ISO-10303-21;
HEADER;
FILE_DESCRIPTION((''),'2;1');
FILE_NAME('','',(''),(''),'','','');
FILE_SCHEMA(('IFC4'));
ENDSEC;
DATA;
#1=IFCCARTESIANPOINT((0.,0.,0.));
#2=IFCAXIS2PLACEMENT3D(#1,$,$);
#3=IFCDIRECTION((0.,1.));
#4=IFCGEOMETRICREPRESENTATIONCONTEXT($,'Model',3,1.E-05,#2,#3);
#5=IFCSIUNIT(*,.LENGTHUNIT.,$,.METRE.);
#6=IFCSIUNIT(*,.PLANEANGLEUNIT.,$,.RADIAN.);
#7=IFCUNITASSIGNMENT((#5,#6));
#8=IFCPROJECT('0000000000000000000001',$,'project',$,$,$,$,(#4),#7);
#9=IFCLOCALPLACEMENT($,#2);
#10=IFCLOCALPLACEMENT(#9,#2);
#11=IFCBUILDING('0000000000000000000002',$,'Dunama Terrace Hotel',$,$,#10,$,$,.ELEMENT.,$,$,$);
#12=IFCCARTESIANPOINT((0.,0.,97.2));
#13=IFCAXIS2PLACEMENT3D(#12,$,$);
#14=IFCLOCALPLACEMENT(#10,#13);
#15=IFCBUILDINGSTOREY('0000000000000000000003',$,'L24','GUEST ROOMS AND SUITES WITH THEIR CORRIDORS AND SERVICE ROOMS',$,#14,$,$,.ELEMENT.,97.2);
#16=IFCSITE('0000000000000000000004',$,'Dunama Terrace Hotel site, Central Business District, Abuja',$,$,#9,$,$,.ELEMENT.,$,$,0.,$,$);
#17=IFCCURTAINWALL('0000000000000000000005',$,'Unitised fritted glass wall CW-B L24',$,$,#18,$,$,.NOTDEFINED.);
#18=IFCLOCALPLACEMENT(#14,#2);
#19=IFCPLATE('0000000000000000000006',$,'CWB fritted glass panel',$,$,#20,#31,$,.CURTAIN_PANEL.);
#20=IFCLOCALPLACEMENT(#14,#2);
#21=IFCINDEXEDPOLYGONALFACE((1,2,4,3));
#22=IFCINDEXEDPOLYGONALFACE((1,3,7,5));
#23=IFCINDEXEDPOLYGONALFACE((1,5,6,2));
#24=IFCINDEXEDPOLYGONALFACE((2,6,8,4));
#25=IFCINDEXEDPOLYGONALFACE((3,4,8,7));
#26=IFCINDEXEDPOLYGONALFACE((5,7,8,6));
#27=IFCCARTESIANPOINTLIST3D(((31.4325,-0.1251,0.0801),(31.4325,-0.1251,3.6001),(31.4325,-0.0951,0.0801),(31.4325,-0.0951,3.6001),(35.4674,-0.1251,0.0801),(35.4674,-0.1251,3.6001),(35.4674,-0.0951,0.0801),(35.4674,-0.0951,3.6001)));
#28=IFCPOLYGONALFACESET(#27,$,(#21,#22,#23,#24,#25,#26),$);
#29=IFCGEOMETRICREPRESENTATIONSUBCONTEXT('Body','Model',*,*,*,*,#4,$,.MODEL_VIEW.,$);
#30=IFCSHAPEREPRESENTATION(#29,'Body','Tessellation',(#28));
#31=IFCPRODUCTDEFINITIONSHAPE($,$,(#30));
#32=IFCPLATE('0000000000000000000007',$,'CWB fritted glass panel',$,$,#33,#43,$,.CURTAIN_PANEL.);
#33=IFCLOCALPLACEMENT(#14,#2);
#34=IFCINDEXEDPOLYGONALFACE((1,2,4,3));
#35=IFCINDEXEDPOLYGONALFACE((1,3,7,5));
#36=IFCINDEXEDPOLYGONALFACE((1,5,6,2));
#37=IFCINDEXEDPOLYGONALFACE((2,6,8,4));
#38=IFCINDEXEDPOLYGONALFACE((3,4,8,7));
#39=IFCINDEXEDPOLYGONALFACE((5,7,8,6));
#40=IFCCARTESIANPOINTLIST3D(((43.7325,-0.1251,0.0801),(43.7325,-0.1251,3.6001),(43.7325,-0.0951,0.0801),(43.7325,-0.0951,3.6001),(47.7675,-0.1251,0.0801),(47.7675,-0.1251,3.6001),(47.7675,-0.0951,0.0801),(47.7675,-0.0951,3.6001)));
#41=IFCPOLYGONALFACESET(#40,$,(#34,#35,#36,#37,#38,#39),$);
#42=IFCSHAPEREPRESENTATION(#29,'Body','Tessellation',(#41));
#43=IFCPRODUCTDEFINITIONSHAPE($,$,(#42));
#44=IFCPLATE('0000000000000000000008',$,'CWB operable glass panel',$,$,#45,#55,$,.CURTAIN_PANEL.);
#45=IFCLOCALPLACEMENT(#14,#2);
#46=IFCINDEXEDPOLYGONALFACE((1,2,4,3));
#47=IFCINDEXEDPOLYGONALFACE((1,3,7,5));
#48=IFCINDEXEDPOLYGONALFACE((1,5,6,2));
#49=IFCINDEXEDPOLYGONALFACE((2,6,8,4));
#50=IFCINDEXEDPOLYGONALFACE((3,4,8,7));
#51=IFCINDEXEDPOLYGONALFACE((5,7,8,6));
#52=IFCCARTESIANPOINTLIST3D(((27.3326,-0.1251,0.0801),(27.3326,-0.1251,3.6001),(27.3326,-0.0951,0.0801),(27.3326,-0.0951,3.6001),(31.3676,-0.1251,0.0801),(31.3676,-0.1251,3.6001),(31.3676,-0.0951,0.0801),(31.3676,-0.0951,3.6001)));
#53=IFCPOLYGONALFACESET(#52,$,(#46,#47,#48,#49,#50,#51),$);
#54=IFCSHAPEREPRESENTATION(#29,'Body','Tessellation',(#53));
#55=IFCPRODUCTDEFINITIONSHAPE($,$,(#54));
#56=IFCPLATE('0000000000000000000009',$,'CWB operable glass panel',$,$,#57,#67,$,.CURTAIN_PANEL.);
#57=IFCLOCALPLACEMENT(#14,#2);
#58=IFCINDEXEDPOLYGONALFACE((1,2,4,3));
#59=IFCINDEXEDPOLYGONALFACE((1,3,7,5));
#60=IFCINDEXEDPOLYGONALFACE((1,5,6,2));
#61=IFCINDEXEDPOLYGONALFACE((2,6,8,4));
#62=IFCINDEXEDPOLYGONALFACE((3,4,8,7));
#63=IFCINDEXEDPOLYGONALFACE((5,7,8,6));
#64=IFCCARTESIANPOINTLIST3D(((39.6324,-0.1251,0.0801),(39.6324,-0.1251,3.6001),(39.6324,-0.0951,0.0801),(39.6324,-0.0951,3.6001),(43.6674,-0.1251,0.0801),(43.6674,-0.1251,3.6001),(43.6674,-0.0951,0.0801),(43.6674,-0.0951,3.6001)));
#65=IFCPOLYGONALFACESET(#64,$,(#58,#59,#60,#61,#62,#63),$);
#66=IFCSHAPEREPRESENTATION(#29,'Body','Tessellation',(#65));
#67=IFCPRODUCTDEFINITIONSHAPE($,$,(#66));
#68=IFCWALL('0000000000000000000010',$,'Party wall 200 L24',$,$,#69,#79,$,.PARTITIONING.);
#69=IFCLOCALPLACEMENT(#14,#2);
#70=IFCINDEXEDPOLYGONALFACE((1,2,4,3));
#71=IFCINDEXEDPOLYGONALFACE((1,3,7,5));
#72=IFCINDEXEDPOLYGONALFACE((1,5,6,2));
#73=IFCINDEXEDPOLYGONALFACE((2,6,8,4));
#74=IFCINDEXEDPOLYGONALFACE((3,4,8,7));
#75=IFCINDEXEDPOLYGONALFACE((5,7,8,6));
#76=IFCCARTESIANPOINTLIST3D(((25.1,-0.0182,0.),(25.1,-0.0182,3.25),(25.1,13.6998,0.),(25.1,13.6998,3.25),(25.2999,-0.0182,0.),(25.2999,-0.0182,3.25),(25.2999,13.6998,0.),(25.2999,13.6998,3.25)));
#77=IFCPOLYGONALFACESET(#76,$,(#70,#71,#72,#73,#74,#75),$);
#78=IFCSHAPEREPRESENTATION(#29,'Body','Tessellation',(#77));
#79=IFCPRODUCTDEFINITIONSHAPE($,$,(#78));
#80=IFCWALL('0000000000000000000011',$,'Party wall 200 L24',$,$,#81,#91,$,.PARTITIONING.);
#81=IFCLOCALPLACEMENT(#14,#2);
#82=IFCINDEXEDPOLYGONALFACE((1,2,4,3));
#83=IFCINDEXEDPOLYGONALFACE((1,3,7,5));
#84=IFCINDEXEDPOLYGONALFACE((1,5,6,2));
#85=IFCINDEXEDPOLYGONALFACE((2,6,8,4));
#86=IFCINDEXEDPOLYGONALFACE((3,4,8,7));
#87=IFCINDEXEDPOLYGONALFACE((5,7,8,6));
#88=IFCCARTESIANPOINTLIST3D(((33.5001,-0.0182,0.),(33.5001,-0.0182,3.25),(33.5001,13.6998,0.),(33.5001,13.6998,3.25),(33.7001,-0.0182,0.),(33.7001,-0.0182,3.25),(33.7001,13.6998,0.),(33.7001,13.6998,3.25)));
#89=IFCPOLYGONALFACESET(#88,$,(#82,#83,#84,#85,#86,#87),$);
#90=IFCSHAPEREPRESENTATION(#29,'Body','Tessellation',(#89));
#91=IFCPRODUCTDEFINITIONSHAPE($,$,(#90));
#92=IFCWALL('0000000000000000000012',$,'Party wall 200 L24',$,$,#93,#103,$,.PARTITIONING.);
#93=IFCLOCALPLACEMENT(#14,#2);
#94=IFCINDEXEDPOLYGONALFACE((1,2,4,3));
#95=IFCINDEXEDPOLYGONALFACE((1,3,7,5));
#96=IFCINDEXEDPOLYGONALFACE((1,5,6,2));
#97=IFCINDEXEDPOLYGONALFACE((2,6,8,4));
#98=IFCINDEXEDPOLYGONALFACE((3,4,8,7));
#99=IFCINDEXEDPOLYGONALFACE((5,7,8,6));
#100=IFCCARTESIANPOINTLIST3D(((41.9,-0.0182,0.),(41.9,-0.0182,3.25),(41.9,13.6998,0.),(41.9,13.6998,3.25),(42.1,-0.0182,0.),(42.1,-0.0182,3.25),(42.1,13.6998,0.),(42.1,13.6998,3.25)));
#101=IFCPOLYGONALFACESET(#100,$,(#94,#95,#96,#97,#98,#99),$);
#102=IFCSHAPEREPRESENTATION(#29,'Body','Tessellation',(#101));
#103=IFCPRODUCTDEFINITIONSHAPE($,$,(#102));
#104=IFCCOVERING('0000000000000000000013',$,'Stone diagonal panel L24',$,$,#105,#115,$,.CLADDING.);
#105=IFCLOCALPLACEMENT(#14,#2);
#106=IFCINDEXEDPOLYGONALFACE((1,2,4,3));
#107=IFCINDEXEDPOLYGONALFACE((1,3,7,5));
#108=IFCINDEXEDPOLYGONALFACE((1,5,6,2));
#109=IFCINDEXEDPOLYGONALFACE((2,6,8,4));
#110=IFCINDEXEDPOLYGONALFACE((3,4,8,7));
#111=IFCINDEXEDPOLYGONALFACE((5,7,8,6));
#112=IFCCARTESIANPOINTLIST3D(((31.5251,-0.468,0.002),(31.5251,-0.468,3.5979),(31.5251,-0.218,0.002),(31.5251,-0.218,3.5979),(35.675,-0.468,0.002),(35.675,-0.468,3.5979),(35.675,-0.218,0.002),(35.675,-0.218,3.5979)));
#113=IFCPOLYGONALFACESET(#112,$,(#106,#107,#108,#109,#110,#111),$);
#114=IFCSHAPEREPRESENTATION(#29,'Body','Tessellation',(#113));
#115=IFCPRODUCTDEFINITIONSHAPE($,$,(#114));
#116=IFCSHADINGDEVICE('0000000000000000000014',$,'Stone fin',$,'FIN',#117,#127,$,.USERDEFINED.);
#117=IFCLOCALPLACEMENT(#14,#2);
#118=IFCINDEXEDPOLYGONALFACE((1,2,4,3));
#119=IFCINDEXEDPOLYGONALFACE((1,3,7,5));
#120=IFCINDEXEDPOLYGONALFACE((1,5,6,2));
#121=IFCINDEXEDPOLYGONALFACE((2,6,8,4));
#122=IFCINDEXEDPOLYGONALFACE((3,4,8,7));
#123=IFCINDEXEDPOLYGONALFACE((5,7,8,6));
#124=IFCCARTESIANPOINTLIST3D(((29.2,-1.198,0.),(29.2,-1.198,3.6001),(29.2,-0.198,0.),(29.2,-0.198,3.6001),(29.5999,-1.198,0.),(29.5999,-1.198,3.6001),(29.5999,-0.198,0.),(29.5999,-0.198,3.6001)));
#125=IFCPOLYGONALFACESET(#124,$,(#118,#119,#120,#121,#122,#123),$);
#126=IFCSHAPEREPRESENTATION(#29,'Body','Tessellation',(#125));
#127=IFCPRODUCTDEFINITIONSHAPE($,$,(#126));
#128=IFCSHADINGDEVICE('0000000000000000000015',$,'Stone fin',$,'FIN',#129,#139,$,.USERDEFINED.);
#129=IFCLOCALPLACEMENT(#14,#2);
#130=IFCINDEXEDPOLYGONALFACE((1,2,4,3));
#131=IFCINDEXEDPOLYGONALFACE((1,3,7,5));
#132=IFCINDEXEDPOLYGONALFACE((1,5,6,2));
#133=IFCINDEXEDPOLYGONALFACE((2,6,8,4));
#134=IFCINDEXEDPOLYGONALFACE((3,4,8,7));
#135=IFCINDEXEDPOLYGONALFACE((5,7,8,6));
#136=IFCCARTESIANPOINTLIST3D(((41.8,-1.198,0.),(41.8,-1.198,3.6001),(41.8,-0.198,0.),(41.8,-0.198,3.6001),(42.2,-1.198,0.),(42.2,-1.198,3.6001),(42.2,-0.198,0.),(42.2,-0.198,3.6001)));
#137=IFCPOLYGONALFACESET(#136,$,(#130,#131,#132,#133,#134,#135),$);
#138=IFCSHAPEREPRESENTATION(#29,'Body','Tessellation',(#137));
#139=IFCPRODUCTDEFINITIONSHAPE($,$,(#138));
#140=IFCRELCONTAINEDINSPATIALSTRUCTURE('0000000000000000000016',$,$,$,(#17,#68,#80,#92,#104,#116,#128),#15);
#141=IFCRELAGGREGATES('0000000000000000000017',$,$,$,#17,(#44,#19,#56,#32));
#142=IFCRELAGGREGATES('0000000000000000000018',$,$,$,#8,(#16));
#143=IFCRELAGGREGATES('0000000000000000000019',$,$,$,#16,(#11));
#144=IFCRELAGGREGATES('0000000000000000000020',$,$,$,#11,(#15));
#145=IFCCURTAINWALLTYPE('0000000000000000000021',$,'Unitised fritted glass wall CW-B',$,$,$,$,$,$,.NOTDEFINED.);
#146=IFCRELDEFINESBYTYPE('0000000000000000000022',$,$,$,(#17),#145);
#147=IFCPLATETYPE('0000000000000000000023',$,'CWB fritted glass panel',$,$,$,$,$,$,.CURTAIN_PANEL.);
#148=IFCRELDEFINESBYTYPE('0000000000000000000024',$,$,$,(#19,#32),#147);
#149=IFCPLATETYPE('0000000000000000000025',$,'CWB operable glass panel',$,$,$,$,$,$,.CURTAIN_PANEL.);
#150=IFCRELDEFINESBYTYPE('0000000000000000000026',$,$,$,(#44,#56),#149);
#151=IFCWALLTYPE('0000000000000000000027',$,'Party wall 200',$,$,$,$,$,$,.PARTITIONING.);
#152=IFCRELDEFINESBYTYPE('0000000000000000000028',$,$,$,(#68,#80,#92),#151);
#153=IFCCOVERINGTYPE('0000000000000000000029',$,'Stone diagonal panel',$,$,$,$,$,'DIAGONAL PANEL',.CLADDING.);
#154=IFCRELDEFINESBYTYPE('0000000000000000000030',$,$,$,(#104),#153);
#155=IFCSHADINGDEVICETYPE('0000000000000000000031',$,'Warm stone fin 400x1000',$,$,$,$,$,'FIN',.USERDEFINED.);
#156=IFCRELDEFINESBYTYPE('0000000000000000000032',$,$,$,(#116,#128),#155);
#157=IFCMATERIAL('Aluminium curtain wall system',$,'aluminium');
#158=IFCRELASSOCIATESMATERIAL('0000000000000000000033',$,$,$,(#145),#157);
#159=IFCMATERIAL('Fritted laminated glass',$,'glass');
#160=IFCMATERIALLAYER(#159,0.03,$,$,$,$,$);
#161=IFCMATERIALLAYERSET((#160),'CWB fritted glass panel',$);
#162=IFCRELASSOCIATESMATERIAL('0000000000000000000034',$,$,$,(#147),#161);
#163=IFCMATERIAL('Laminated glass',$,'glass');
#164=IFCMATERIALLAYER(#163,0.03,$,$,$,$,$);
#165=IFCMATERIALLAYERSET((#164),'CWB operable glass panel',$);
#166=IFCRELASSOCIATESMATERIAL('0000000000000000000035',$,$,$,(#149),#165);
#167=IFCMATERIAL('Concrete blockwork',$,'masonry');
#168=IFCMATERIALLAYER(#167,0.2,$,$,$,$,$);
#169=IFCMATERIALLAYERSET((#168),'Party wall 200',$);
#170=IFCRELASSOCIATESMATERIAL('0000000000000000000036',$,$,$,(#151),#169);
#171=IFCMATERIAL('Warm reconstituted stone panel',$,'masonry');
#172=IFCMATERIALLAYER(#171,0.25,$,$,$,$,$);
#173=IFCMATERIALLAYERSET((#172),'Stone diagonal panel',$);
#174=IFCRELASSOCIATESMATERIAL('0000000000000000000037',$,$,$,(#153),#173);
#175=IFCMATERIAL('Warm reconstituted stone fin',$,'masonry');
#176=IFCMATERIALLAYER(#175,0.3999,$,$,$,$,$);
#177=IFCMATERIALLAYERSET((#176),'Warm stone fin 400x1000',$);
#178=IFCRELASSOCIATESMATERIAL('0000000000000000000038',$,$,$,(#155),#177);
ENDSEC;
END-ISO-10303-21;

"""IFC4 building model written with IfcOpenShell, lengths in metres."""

from ifc_helpers import new_model, si_unit, direction, frame, frame_2d, origin, origin_2d, place, context, subcontext, project, spatial, rectangle, extrude, material, layer, layer_set, type_object, element, aggregate, save


model = new_model("IFC4")

# Units and contexts
model_context = context("Model", 3, precision=1e-05, world=origin(), true_north=direction((0.0, 1.0)))
body_context = subcontext(model_context, "Body", "Model", "MODEL_VIEW")
ifc_project = project(units=[si_unit("LENGTHUNIT", "METRE"), si_unit("PLANEANGLEUNIT", "RADIAN")], contexts=[model_context])

# Site, building, storey
site_placement = place(None, origin())
site = spatial("IfcSite", under=ifc_project, at=site_placement, Name="Dunama Terrace Hotel site, Central Business District, Abuja", CompositionType="ELEMENT", RefElevation=0.0)
building_placement = place(site_placement, origin())
building = spatial("IfcBuilding", under=site, at=building_placement, Name="Dunama Terrace Hotel", CompositionType="ELEMENT")
storey_placement = place(building_placement, frame((0.0, 0.0, 97.2)))
storey = spatial("IfcBuildingStorey", under=building, at=storey_placement, Name="L24", Description="GUEST ROOMS AND SUITES WITH THEIR CORRIDORS AND SERVICE ROOMS", CompositionType="ELEMENT", Elevation=97.2)

# Curtain wall
ifc_material_1 = material(Name="Aluminium curtain wall system", Category="aluminium")
curtain_wall_type = type_object("IfcCurtainWallType", Name="Unitised fritted glass wall CW-B", PredefinedType="NOTDEFINED", material=ifc_material_1)
curtain_wall_placement = place(storey_placement, origin())
curtain_wall = element("IfcCurtainWall", 1, at=curtain_wall_placement, inside=storey, type_object=curtain_wall_type, Name="Unitised fritted glass wall CW-B L24", PredefinedType="NOTDEFINED")

# Plates
ifc_material_2 = material(Name="Fritted laminated glass", Category="glass")
ifc_layer_1 = layer(ifc_material_2, 0.03)
ifc_layer_set_1 = layer_set([ifc_layer_1], Name="CWB fritted glass panel")
plate_type_1 = type_object("IfcPlateType", Name="CWB fritted glass panel", PredefinedType="CURTAIN_PANEL", material=ifc_layer_set_1)
plate_1_placement = place(storey_placement, frame((33.45, -0.1101, 0.0801), z_axis=(0.0, 0.0, 1.0), x_axis=(1.0, 0.0, 0.0)))
plate_1 = element("IfcPlate", 2, at=plate_1_placement, type_object=plate_type_1, Name="CWB fritted glass panel", PredefinedType="CURTAIN_PANEL", context=body_context, shape_type="SweptSolid", body=[
    extrude(rectangle(XDim=4.0349, YDim=0.03, at=origin_2d()), origin(), (0.0, 0.0, 1.0), 3.52),
])
plate_2_placement = place(storey_placement, frame((45.75, -0.1101, 0.0801), z_axis=(0.0, 0.0, 1.0), x_axis=(1.0, 0.0, 0.0)))
plate_2 = element("IfcPlate", 3, at=plate_2_placement, type_object=plate_type_1, Name="CWB fritted glass panel", PredefinedType="CURTAIN_PANEL", context=body_context, shape_type="SweptSolid", body=[
    extrude(rectangle(XDim=4.0349, YDim=0.03, at=origin_2d()), origin(), (0.0, 0.0, 1.0), 3.52),
])
ifc_material_3 = material(Name="Laminated glass", Category="glass")
ifc_layer_2 = layer(ifc_material_3, 0.03)
ifc_layer_set_2 = layer_set([ifc_layer_2], Name="CWB operable glass panel")
plate_type_2 = type_object("IfcPlateType", Name="CWB operable glass panel", PredefinedType="CURTAIN_PANEL", material=ifc_layer_set_2)
plate_3_placement = place(storey_placement, frame((29.3501, -0.1101, 0.0801), z_axis=(0.0, 0.0, 1.0), x_axis=(1.0, 0.0, 0.0)))
plate_3 = element("IfcPlate", 4, at=plate_3_placement, type_object=plate_type_2, Name="CWB operable glass panel", PredefinedType="CURTAIN_PANEL", context=body_context, shape_type="SweptSolid", body=[
    extrude(rectangle(XDim=4.0349, YDim=0.03, at=origin_2d()), origin(), (0.0, 0.0, 1.0), 3.52),
])
plate_4_placement = place(storey_placement, frame((41.6499, -0.1101, 0.0801), z_axis=(0.0, 0.0, 1.0), x_axis=(1.0, 0.0, 0.0)))
plate_4 = element("IfcPlate", 5, at=plate_4_placement, type_object=plate_type_2, Name="CWB operable glass panel", PredefinedType="CURTAIN_PANEL", context=body_context, shape_type="SweptSolid", body=[
    extrude(rectangle(XDim=4.0349, YDim=0.03, at=origin_2d()), origin(), (0.0, 0.0, 1.0), 3.52),
])
aggregate(curtain_wall, [plate_3, plate_1, plate_4, plate_2])

# Walls
ifc_material_4 = material(Name="Concrete blockwork", Category="masonry")
ifc_layer_3 = layer(ifc_material_4, 0.2)
ifc_layer_set_3 = layer_set([ifc_layer_3], Name="Party wall 200")
wall_type = type_object("IfcWallType", Name="Party wall 200", PredefinedType="PARTITIONING", material=ifc_layer_set_3)
for number, where, z_axis, x_axis, name in (
    (6, (25.2, -0.0181, 0.0), (0.0, 0.0, 1.0), (0.0, 1.0, 0.0), "Party wall 200 L24"),
    (7, (33.6001, -0.0181, 0.0), (0.0, 0.0, 1.0), (0.0, 1.0, 0.0), "Party wall 200 L24"),
    (8, (42.0, -0.0181, 0.0), (0.0, 0.0, 1.0), (0.0, 1.0, 0.0), "Party wall 200 L24"),
):
    element("IfcWall", number, at=place(storey_placement, frame(where, z_axis=z_axis, x_axis=x_axis)), inside=storey, type_object=wall_type, Name=name, PredefinedType="PARTITIONING", context=body_context, shape_type="SweptSolid", body=[
        extrude(rectangle(XDim=13.718, YDim=0.2, at=frame_2d((6.8589, 0.0))), origin(), (0.0, 0.0, 1.0), 3.25),
    ])

# Covering
ifc_material_5 = material(Name="Warm reconstituted stone panel", Category="masonry")
ifc_layer_4 = layer(ifc_material_5, 0.25)
ifc_layer_set_4 = layer_set([ifc_layer_4], Name="Stone diagonal panel")
covering_type = type_object("IfcCoveringType", Name="Stone diagonal panel", ElementType="DIAGONAL PANEL", PredefinedType="CLADDING", material=ifc_layer_set_4)
covering_placement = place(storey_placement, frame((33.6001, -0.343, 0.002), z_axis=(0.0, 0.0, 1.0), x_axis=(1.0, 0.0, 0.0)))
element("IfcCovering", 9, at=covering_placement, inside=storey, type_object=covering_type, Name="Stone diagonal panel L24", PredefinedType="CLADDING", context=body_context, shape_type="SweptSolid", body=[
    extrude(rectangle(XDim=4.1499, YDim=0.25, at=origin_2d()), origin(), (0.0, 0.0, 1.0), 3.5959),
])

# Shading devices
ifc_material_6 = material(Name="Warm reconstituted stone fin", Category="masonry")
ifc_layer_5 = layer(ifc_material_6, 0.3999)
ifc_layer_set_5 = layer_set([ifc_layer_5], Name="Warm stone fin 400x1000")
shading_device_type = type_object("IfcShadingDeviceType", Name="Warm stone fin 400x1000", ElementType="FIN", PredefinedType="USERDEFINED", material=ifc_layer_set_5)
for number, where, z_axis, x_axis, name in (
    (10, (29.3999, -0.698, 0.0), (0.0, 0.0, 1.0), (1.0, 0.0, 0.0), "Stone fin"),
    (11, (42.0, -0.698, 0.0), (0.0, 0.0, 1.0), (1.0, 0.0, 0.0), "Stone fin"),
):
    element("IfcShadingDevice", number, at=place(storey_placement, frame(where, z_axis=z_axis, x_axis=x_axis)), inside=storey, type_object=shading_device_type, Name=name, ObjectType="FIN", PredefinedType="USERDEFINED", context=body_context, shape_type="SweptSolid", body=[
        extrude(rectangle(XDim=0.3999, YDim=1.0, at=origin_2d()), origin(), (0.0, 0.0, 1.0), 3.6001),
    ])

save(model, "model.ifc")
